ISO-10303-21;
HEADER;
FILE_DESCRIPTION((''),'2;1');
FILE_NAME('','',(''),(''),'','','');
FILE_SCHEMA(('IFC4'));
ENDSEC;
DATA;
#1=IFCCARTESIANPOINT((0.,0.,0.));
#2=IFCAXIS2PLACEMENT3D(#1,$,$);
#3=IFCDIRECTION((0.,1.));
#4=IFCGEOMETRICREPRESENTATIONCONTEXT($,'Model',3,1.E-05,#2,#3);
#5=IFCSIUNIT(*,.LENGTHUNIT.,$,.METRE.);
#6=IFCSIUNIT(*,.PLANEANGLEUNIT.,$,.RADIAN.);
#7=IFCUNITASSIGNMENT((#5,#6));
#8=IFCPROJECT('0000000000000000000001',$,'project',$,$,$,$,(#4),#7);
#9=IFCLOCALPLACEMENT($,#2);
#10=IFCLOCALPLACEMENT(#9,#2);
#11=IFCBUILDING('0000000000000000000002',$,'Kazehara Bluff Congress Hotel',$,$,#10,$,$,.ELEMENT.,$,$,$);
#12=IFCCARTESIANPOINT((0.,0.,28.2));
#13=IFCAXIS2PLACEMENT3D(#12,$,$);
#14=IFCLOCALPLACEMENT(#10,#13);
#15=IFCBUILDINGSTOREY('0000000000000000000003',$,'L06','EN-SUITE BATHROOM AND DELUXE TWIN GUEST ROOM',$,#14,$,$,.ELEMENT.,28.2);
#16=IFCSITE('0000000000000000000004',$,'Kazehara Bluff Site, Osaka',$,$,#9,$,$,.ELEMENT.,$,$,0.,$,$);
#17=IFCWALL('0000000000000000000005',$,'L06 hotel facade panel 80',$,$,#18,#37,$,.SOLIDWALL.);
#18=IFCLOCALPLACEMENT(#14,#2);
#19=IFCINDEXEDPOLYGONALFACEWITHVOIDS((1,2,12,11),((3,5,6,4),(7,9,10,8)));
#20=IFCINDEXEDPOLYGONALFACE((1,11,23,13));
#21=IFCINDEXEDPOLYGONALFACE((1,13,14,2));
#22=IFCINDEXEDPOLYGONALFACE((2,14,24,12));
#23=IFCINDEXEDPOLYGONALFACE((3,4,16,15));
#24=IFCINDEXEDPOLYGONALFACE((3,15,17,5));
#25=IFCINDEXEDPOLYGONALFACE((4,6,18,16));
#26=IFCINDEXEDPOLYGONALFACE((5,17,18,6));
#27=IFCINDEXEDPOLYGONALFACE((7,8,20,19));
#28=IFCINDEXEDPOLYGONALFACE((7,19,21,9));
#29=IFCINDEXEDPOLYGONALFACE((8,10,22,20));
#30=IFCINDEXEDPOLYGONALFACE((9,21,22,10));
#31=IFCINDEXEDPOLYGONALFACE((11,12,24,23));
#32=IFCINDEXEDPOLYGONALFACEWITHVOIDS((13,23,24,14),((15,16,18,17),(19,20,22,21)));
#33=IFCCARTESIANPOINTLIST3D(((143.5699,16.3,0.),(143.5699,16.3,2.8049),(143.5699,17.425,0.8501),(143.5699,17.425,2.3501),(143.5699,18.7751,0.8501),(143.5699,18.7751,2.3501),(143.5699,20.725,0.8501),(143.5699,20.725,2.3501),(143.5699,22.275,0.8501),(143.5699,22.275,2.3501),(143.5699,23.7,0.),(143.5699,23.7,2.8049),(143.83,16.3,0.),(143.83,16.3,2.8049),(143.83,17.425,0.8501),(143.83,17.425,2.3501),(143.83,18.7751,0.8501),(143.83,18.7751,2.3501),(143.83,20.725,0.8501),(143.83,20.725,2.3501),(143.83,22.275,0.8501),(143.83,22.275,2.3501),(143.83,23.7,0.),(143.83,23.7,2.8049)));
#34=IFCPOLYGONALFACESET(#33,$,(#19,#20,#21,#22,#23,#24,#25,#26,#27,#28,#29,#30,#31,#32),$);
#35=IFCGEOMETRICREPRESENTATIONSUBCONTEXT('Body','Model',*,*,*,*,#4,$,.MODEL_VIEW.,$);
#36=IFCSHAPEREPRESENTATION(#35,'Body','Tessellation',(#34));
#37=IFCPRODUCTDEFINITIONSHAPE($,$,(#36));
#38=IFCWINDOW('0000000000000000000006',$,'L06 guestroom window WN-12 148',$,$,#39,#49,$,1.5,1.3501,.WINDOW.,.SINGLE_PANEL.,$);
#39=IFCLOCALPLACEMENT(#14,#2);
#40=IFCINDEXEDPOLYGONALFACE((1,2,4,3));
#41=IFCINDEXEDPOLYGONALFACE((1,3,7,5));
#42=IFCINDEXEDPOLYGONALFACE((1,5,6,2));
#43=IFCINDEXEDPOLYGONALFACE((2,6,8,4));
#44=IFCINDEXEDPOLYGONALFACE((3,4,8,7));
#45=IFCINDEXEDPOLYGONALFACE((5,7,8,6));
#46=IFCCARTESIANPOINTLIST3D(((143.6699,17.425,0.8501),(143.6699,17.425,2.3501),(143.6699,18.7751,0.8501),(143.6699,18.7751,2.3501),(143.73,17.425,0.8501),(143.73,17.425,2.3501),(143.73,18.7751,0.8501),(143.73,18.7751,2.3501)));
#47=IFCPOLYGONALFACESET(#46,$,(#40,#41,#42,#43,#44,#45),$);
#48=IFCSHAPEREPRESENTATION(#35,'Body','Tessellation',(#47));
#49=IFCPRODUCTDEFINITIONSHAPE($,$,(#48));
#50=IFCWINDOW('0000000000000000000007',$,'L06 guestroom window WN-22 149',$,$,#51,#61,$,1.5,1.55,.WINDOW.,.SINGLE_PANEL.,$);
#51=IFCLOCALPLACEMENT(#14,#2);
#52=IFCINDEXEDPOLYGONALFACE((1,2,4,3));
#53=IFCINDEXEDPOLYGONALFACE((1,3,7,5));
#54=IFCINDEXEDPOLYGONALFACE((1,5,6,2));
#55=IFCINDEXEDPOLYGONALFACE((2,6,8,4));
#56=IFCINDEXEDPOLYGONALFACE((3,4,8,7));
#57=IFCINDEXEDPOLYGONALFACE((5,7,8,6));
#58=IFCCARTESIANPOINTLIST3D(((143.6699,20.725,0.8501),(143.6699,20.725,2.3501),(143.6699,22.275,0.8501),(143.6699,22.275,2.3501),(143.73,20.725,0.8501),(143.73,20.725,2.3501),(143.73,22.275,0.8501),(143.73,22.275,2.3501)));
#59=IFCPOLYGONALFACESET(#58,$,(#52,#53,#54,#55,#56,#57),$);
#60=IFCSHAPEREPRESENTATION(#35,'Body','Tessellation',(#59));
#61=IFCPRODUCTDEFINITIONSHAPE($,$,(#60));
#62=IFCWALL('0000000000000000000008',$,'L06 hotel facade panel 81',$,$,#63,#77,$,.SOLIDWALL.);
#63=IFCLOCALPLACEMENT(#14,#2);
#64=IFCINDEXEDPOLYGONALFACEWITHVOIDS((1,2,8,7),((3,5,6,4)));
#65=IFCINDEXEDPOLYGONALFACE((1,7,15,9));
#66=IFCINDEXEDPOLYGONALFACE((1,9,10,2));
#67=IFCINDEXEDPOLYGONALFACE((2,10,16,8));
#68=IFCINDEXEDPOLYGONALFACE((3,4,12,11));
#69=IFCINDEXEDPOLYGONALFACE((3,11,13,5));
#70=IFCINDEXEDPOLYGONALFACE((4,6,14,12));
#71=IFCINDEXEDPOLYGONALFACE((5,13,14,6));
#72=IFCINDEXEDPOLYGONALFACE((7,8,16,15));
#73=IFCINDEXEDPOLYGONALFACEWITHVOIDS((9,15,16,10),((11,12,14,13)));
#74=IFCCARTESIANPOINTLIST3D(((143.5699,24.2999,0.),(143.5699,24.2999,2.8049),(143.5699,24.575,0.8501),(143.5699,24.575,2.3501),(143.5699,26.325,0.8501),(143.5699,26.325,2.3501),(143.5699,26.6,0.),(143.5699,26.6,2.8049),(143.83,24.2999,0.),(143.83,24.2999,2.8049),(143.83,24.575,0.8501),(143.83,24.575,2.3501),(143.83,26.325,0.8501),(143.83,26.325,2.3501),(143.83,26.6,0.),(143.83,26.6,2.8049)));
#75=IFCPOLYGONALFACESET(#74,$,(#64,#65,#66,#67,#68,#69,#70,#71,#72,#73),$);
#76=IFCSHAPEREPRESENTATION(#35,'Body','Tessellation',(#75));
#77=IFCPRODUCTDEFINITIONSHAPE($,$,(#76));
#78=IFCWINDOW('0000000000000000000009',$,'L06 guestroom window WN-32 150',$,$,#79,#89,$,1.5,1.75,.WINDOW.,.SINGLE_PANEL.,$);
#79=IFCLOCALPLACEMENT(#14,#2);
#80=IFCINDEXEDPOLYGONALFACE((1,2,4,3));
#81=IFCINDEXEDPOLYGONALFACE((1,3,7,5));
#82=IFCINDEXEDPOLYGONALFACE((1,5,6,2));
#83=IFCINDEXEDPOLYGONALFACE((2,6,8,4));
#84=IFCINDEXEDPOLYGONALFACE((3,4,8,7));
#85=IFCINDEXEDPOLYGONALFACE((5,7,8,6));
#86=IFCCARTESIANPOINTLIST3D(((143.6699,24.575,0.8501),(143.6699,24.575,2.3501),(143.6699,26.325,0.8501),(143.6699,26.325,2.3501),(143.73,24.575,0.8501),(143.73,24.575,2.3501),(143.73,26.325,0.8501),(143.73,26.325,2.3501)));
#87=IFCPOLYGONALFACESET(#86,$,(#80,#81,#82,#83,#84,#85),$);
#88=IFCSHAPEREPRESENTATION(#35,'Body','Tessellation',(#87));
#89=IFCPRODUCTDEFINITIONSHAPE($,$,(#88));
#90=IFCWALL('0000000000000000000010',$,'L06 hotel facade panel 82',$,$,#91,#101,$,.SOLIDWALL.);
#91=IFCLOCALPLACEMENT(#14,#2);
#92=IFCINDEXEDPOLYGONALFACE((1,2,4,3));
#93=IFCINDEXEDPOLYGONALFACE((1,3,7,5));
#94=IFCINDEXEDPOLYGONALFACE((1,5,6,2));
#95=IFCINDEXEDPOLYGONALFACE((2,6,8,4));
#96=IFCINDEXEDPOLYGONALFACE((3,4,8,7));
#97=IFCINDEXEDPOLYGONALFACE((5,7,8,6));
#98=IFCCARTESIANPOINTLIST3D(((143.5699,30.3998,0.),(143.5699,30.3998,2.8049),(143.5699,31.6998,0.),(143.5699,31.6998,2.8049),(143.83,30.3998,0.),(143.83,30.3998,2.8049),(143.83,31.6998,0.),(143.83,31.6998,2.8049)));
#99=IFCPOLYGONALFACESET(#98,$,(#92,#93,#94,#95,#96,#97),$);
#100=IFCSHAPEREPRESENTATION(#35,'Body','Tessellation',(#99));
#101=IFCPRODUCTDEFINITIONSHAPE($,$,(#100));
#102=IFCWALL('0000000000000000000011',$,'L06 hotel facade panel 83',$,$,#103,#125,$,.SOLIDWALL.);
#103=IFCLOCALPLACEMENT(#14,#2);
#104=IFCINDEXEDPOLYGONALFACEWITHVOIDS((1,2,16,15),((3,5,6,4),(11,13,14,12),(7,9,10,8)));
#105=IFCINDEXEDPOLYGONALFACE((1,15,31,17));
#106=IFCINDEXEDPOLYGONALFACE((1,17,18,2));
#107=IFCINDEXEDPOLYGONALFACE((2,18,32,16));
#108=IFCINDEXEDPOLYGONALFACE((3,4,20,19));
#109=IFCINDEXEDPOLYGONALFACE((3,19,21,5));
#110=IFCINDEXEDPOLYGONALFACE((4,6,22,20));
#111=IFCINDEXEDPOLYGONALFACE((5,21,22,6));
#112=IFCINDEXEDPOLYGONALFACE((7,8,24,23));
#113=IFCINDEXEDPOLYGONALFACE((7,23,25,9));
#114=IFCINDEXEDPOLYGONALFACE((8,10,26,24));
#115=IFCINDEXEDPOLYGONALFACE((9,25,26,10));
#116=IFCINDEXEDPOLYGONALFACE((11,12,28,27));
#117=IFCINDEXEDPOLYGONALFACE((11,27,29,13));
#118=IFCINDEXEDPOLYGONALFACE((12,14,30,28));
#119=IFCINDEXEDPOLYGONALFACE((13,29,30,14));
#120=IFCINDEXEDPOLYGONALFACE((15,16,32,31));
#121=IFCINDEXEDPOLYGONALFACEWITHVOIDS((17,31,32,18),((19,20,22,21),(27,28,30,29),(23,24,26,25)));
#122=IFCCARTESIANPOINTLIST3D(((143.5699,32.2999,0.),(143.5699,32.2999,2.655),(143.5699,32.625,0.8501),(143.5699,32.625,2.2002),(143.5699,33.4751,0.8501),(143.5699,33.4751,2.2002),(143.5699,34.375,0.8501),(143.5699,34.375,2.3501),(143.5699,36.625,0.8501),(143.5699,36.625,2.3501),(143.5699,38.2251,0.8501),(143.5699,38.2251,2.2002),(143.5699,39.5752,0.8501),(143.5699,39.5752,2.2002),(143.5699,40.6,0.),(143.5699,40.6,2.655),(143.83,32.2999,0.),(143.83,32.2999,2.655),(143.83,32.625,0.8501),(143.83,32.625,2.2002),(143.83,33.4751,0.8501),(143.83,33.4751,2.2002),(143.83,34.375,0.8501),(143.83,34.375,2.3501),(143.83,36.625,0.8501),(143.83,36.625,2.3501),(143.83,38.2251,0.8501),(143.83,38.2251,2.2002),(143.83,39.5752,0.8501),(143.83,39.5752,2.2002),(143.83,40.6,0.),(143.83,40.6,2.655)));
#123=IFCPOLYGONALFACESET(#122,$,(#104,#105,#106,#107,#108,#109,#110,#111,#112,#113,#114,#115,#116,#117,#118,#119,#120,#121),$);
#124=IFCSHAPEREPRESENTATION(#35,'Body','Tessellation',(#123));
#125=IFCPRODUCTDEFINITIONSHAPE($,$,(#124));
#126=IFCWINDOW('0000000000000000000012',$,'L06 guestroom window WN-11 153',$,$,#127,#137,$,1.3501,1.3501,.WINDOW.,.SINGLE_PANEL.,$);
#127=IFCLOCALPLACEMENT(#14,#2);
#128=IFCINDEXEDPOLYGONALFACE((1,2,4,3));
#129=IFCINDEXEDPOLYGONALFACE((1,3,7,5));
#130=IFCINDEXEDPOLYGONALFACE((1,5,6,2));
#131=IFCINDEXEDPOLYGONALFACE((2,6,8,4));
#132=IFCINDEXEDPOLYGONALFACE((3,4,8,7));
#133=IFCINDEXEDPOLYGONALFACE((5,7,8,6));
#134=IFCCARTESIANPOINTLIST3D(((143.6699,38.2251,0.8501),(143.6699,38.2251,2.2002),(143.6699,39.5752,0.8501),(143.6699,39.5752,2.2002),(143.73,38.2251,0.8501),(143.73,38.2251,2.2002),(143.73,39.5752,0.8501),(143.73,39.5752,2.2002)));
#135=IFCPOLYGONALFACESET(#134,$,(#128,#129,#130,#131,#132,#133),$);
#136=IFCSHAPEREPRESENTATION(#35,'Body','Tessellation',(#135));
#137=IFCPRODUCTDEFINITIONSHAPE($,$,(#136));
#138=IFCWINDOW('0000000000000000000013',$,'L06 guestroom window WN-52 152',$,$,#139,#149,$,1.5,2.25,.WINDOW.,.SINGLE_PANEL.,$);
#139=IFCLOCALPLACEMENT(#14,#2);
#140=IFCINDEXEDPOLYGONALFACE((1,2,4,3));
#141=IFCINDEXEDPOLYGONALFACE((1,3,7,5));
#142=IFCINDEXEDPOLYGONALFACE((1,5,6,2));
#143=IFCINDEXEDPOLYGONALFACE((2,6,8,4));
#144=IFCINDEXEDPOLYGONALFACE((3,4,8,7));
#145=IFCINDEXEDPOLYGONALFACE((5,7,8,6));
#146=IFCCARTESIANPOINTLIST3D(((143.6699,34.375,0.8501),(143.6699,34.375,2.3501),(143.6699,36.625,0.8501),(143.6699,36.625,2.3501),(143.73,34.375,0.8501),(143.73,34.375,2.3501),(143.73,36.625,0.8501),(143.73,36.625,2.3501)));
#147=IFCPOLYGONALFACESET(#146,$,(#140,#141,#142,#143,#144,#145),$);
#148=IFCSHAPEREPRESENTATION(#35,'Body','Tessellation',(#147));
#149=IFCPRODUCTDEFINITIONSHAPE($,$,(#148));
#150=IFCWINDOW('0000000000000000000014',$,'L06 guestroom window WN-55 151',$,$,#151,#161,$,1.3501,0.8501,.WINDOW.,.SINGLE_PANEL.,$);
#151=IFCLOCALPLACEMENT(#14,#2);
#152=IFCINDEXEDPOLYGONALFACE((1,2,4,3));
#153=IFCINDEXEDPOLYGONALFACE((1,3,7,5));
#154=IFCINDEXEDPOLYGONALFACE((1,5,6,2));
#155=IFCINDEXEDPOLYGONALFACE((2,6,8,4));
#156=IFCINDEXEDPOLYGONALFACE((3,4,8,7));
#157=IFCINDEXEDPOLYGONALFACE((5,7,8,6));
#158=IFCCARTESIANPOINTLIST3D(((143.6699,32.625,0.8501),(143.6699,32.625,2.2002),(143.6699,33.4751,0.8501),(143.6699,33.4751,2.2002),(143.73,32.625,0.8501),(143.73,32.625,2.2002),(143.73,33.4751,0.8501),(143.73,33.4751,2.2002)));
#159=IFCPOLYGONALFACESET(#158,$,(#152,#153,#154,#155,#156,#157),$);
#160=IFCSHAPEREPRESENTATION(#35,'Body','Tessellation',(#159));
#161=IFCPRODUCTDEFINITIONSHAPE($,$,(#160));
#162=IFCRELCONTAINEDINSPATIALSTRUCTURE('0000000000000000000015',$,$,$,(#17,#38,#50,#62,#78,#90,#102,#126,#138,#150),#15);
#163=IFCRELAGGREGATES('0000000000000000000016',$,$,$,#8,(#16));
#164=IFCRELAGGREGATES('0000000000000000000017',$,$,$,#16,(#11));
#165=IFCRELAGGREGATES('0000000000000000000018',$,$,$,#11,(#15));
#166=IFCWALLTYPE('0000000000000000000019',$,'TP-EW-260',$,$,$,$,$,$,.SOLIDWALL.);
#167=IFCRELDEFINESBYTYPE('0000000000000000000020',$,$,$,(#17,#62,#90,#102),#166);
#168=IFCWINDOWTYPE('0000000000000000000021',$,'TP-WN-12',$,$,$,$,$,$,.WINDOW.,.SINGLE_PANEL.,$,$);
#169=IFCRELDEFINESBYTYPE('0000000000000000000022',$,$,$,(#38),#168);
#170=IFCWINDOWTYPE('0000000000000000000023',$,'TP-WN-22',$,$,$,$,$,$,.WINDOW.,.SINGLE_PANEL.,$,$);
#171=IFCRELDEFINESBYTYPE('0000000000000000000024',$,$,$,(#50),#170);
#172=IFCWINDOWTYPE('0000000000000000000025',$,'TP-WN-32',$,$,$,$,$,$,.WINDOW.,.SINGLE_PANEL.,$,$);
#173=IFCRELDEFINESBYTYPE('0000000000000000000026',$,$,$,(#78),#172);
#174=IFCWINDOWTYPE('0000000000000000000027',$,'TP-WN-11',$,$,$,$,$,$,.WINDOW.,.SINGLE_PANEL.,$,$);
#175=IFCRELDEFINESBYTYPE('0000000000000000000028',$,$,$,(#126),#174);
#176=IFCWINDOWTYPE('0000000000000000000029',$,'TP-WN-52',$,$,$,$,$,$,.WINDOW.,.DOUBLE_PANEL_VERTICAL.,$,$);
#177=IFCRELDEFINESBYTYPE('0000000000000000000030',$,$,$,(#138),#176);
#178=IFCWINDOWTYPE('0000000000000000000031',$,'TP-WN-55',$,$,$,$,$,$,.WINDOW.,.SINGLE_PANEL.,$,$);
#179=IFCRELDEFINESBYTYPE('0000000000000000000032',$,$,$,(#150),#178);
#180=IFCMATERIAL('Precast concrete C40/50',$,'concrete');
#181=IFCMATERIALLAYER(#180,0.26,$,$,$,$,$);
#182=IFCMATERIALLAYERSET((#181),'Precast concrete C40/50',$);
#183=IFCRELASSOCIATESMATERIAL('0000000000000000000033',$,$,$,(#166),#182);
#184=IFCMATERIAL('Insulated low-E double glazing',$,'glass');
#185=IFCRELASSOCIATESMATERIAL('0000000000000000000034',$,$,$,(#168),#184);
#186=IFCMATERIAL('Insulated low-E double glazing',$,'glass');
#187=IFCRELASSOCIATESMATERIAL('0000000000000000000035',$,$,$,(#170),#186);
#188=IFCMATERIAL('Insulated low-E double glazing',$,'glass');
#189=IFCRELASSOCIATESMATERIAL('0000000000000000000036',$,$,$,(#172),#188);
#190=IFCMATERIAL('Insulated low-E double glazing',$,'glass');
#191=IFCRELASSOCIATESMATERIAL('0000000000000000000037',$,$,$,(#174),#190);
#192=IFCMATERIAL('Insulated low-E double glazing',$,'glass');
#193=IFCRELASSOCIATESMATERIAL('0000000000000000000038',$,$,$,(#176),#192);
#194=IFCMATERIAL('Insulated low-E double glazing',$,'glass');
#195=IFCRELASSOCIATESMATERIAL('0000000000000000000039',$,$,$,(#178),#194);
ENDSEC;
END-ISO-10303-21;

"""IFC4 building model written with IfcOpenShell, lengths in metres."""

from ifc_helpers import new_model, si_unit, direction, frame, frame_2d, origin, place, context, subcontext, project, spatial, rectangle, extrude, material, layer, layer_set, type_object, element, fill, save


model = new_model("IFC4")

# Units and contexts
model_context = context("Model", 3, precision=1e-05, world=origin(), true_north=direction((0.0, 1.0)))
body_context = subcontext(model_context, "Body", "Model", "MODEL_VIEW")
ifc_project = project(units=[si_unit("LENGTHUNIT", "METRE"), si_unit("PLANEANGLEUNIT", "RADIAN")], contexts=[model_context])

# Site, building, storey
site_placement = place(None, origin())
site = spatial("IfcSite", under=ifc_project, at=site_placement, Name="Kazehara Bluff Site, Osaka", CompositionType="ELEMENT", RefElevation=0.0)
building_placement = place(site_placement, origin())
building = spatial("IfcBuilding", under=site, at=building_placement, Name="Kazehara Bluff Congress Hotel", CompositionType="ELEMENT")
storey_placement = place(building_placement, frame((0.0, 0.0, 28.2)))
storey = spatial("IfcBuildingStorey", under=building, at=storey_placement, Name="L06", Description="EN-SUITE BATHROOM AND DELUXE TWIN GUEST ROOM", CompositionType="ELEMENT", Elevation=28.2)

# Shared definitions
ifc_material_1 = material(Name="Precast concrete C40/50", Category="concrete")
ifc_layer = layer(ifc_material_1, 0.26)
ifc_layer_set = layer_set([ifc_layer], Name="Precast concrete C40/50")
wall_type = type_object("IfcWallType", Name="TP-EW-260", PredefinedType="SOLIDWALL", material=ifc_layer_set)

# Wall, openings, windows
wall_1_placement = place(storey_placement, frame((143.7, 16.3, 0.0), z_axis=(0.0, 0.0, 1.0), x_axis=(0.0, 1.0, 0.0)))
wall_1 = element("IfcWall", 1, at=wall_1_placement, inside=storey, type_object=wall_type, Name="L06 hotel facade panel 80", PredefinedType="SOLIDWALL", context=body_context, shape_type="SweptSolid", body=[
    extrude(rectangle(XDim=7.3999, YDim=0.26, at=frame_2d((3.7, 0.0))), origin(), (0.0, 0.0, 1.0), 2.8049),
])
opening_1_placement = place(wall_1_placement, frame((1.125, 0.0, 0.8501)))
opening_1 = element("IfcOpeningElement", 2, at=opening_1_placement, cuts=wall_1, PredefinedType="OPENING", context=body_context, shape_type="SweptSolid", body=[
    extrude(rectangle(XDim=1.3501, YDim=1.5, at=frame_2d((0.675, 0.75))), frame((0.0, 0.1399, 0.0), z_axis=(0.0, -1.0, 0.0), x_axis=(1.0, 0.0, 0.0)), (0.0, 0.0, 1.0), 0.28),
])
opening_2_placement = place(wall_1_placement, frame((4.425, 0.0, 0.8501)))
opening_2 = element("IfcOpeningElement", 3, at=opening_2_placement, cuts=wall_1, PredefinedType="OPENING", context=body_context, shape_type="SweptSolid", body=[
    extrude(rectangle(XDim=1.55, YDim=1.5, at=frame_2d((0.7749, 0.75))), frame((0.0, 0.1399, 0.0), z_axis=(0.0, -1.0, 0.0), x_axis=(1.0, 0.0, 0.0)), (0.0, 0.0, 1.0), 0.28),
])
ifc_material_2 = material(Name="Insulated low-E double glazing", Category="glass")
window_type_1 = type_object("IfcWindowType", Name="TP-WN-12", PartitioningType="SINGLE_PANEL", PredefinedType="WINDOW", material=ifc_material_2)
window_1_placement = place(opening_1_placement, origin())
window_1 = element("IfcWindow", 4, at=window_1_placement, inside=storey, type_object=window_type_1, Name="L06 guestroom window WN-12 148", OverallHeight=1.5, OverallWidth=1.3501, PartitioningType="SINGLE_PANEL", PredefinedType="WINDOW", context=body_context, shape_type="SweptSolid", body=[
    extrude(rectangle(XDim=1.3501, YDim=1.5, at=frame_2d((0.675, 0.75))), frame((0.0, 0.03, 0.0), z_axis=(0.0, -1.0, 0.0), x_axis=(1.0, 0.0, 0.0)), (0.0, 0.0, 1.0), 0.0601),
])
fill(opening_1, window_1)
ifc_material_3 = material(Name="Insulated low-E double glazing", Category="glass")
window_type_2 = type_object("IfcWindowType", Name="TP-WN-22", PartitioningType="SINGLE_PANEL", PredefinedType="WINDOW", material=ifc_material_3)
window_2_placement = place(opening_2_placement, origin())
window_2 = element("IfcWindow", 5, at=window_2_placement, inside=storey, type_object=window_type_2, Name="L06 guestroom window WN-22 149", OverallHeight=1.5, OverallWidth=1.55, PartitioningType="SINGLE_PANEL", PredefinedType="WINDOW", context=body_context, shape_type="SweptSolid", body=[
    extrude(rectangle(XDim=1.55, YDim=1.5, at=frame_2d((0.7749, 0.75))), frame((0.0, 0.03, 0.0), z_axis=(0.0, -1.0, 0.0), x_axis=(1.0, 0.0, 0.0)), (0.0, 0.0, 1.0), 0.0601),
])
fill(opening_2, window_2)

# Wall, opening, window
wall_2_placement = place(storey_placement, frame((143.7, 24.3, 0.0), z_axis=(0.0, 0.0, 1.0), x_axis=(0.0, 1.0, 0.0)))
wall_2 = element("IfcWall", 6, at=wall_2_placement, inside=storey, type_object=wall_type, Name="L06 hotel facade panel 81", PredefinedType="SOLIDWALL", context=body_context, shape_type="SweptSolid", body=[
    extrude(rectangle(XDim=2.3, YDim=0.26, at=frame_2d((1.1499, 0.0))), origin(), (0.0, 0.0, 1.0), 2.8049),
])
opening_3_placement = place(wall_2_placement, frame((0.2749, 0.0, 0.8501)))
opening_3 = element("IfcOpeningElement", 7, at=opening_3_placement, cuts=wall_2, PredefinedType="OPENING", context=body_context, shape_type="SweptSolid", body=[
    extrude(rectangle(XDim=1.75, YDim=1.5, at=frame_2d((0.875, 0.75))), frame((0.0, 0.1399, 0.0), z_axis=(0.0, -1.0, 0.0), x_axis=(1.0, 0.0, 0.0)), (0.0, 0.0, 1.0), 0.28),
])
ifc_material_4 = material(Name="Insulated low-E double glazing", Category="glass")
window_type_3 = type_object("IfcWindowType", Name="TP-WN-32", PartitioningType="SINGLE_PANEL", PredefinedType="WINDOW", material=ifc_material_4)
window_3_placement = place(opening_3_placement, origin())
window_3 = element("IfcWindow", 8, at=window_3_placement, inside=storey, type_object=window_type_3, Name="L06 guestroom window WN-32 150", OverallHeight=1.5, OverallWidth=1.75, PartitioningType="SINGLE_PANEL", PredefinedType="WINDOW", context=body_context, shape_type="SweptSolid", body=[
    extrude(rectangle(XDim=1.75, YDim=1.5, at=frame_2d((0.875, 0.75))), frame((0.0, 0.03, 0.0), z_axis=(0.0, -1.0, 0.0), x_axis=(1.0, 0.0, 0.0)), (0.0, 0.0, 1.0), 0.0601),
])
fill(opening_3, window_3)

# Wall
wall_3_placement = place(storey_placement, frame((143.7, 30.3999, 0.0), z_axis=(0.0, 0.0, 1.0), x_axis=(0.0, 1.0, 0.0)))
element("IfcWall", 9, at=wall_3_placement, inside=storey, type_object=wall_type, Name="L06 hotel facade panel 82", PredefinedType="SOLIDWALL", context=body_context, shape_type="SweptSolid", body=[
    extrude(rectangle(XDim=1.3, YDim=0.26, at=frame_2d((0.6499, 0.0))), origin(), (0.0, 0.0, 1.0), 2.8049),
])

# Wall, openings, windows
wall_4_placement = place(storey_placement, frame((143.7, 32.3, 0.0), z_axis=(0.0, 0.0, 1.0), x_axis=(0.0, 1.0, 0.0)))
wall_4 = element("IfcWall", 10, at=wall_4_placement, inside=storey, type_object=wall_type, Name="L06 hotel facade panel 83", PredefinedType="SOLIDWALL", context=body_context, shape_type="SweptSolid", body=[
    extrude(rectangle(XDim=8.3, YDim=0.26, at=frame_2d((4.1499, 0.0))), origin(), (0.0, 0.0, 1.0), 2.655),
])
opening_4_placement = place(wall_4_placement, frame((0.325, 0.0, 0.8501)))
opening_4 = element("IfcOpeningElement", 11, at=opening_4_placement, cuts=wall_4, PredefinedType="OPENING", context=body_context, shape_type="SweptSolid", body=[
    extrude(rectangle(XDim=0.8501, YDim=1.3501, at=frame_2d((0.425, 0.675))), frame((0.0, 0.1399, 0.0), z_axis=(0.0, -1.0, 0.0), x_axis=(1.0, 0.0, 0.0)), (0.0, 0.0, 1.0), 0.28),
])
opening_5_placement = place(wall_4_placement, frame((2.075, 0.0, 0.8501)))
opening_5 = element("IfcOpeningElement", 12, at=opening_5_placement, cuts=wall_4, PredefinedType="OPENING", context=body_context, shape_type="SweptSolid", body=[
    extrude(rectangle(XDim=2.25, YDim=1.5, at=frame_2d((1.125, 0.75))), frame((0.0, 0.1399, 0.0), z_axis=(0.0, -1.0, 0.0), x_axis=(1.0, 0.0, 0.0)), (0.0, 0.0, 1.0), 0.28),
])
opening_6_placement = place(wall_4_placement, frame((5.925, 0.0, 0.8501)))
opening_6 = element("IfcOpeningElement", 13, at=opening_6_placement, cuts=wall_4, PredefinedType="OPENING", context=body_context, shape_type="SweptSolid", body=[
    extrude(rectangle(XDim=1.3501, YDim=1.3501, at=frame_2d((0.675, 0.675))), frame((0.0, 0.1399, 0.0), z_axis=(0.0, -1.0, 0.0), x_axis=(1.0, 0.0, 0.0)), (0.0, 0.0, 1.0), 0.28),
])
ifc_material_5 = material(Name="Insulated low-E double glazing", Category="glass")
window_type_4 = type_object("IfcWindowType", Name="TP-WN-11", PartitioningType="SINGLE_PANEL", PredefinedType="WINDOW", material=ifc_material_5)
window_4_placement = place(opening_6_placement, origin())
window_4 = element("IfcWindow", 14, at=window_4_placement, inside=storey, type_object=window_type_4, Name="L06 guestroom window WN-11 153", OverallHeight=1.3501, OverallWidth=1.3501, PartitioningType="SINGLE_PANEL", PredefinedType="WINDOW", context=body_context, shape_type="SweptSolid", body=[
    extrude(rectangle(XDim=1.3501, YDim=1.3501, at=frame_2d((0.675, 0.675))), frame((0.0, 0.03, 0.0), z_axis=(0.0, -1.0, 0.0), x_axis=(1.0, 0.0, 0.0)), (0.0, 0.0, 1.0), 0.0601),
])
fill(opening_6, window_4)
ifc_material_6 = material(Name="Insulated low-E double glazing", Category="glass")
window_type_5 = type_object("IfcWindowType", Name="TP-WN-52", PartitioningType="DOUBLE_PANEL_VERTICAL", PredefinedType="WINDOW", material=ifc_material_6)
window_5_placement = place(opening_5_placement, origin())
window_5 = element("IfcWindow", 15, at=window_5_placement, inside=storey, type_object=window_type_5, Name="L06 guestroom window WN-52 152", OverallHeight=1.5, OverallWidth=2.25, PartitioningType="SINGLE_PANEL", PredefinedType="WINDOW", context=body_context, shape_type="SweptSolid", body=[
    extrude(rectangle(XDim=2.25, YDim=1.5, at=frame_2d((1.125, 0.75))), frame((0.0, 0.03, 0.0), z_axis=(0.0, -1.0, 0.0), x_axis=(1.0, 0.0, 0.0)), (0.0, 0.0, 1.0), 0.0601),
])
fill(opening_5, window_5)
ifc_material_7 = material(Name="Insulated low-E double glazing", Category="glass")
window_type_6 = type_object("IfcWindowType", Name="TP-WN-55", PartitioningType="SINGLE_PANEL", PredefinedType="WINDOW", material=ifc_material_7)
window_6_placement = place(opening_4_placement, origin())
window_6 = element("IfcWindow", 16, at=window_6_placement, inside=storey, type_object=window_type_6, Name="L06 guestroom window WN-55 151", OverallHeight=1.3501, OverallWidth=0.8501, PartitioningType="SINGLE_PANEL", PredefinedType="WINDOW", context=body_context, shape_type="SweptSolid", body=[
    extrude(rectangle(XDim=0.8501, YDim=1.3501, at=frame_2d((0.425, 0.675))), frame((0.0, 0.03, 0.0), z_axis=(0.0, -1.0, 0.0), x_axis=(1.0, 0.0, 0.0)), (0.0, 0.0, 1.0), 0.0601),
])
fill(opening_4, window_6)

save(model, "model.ifc")
